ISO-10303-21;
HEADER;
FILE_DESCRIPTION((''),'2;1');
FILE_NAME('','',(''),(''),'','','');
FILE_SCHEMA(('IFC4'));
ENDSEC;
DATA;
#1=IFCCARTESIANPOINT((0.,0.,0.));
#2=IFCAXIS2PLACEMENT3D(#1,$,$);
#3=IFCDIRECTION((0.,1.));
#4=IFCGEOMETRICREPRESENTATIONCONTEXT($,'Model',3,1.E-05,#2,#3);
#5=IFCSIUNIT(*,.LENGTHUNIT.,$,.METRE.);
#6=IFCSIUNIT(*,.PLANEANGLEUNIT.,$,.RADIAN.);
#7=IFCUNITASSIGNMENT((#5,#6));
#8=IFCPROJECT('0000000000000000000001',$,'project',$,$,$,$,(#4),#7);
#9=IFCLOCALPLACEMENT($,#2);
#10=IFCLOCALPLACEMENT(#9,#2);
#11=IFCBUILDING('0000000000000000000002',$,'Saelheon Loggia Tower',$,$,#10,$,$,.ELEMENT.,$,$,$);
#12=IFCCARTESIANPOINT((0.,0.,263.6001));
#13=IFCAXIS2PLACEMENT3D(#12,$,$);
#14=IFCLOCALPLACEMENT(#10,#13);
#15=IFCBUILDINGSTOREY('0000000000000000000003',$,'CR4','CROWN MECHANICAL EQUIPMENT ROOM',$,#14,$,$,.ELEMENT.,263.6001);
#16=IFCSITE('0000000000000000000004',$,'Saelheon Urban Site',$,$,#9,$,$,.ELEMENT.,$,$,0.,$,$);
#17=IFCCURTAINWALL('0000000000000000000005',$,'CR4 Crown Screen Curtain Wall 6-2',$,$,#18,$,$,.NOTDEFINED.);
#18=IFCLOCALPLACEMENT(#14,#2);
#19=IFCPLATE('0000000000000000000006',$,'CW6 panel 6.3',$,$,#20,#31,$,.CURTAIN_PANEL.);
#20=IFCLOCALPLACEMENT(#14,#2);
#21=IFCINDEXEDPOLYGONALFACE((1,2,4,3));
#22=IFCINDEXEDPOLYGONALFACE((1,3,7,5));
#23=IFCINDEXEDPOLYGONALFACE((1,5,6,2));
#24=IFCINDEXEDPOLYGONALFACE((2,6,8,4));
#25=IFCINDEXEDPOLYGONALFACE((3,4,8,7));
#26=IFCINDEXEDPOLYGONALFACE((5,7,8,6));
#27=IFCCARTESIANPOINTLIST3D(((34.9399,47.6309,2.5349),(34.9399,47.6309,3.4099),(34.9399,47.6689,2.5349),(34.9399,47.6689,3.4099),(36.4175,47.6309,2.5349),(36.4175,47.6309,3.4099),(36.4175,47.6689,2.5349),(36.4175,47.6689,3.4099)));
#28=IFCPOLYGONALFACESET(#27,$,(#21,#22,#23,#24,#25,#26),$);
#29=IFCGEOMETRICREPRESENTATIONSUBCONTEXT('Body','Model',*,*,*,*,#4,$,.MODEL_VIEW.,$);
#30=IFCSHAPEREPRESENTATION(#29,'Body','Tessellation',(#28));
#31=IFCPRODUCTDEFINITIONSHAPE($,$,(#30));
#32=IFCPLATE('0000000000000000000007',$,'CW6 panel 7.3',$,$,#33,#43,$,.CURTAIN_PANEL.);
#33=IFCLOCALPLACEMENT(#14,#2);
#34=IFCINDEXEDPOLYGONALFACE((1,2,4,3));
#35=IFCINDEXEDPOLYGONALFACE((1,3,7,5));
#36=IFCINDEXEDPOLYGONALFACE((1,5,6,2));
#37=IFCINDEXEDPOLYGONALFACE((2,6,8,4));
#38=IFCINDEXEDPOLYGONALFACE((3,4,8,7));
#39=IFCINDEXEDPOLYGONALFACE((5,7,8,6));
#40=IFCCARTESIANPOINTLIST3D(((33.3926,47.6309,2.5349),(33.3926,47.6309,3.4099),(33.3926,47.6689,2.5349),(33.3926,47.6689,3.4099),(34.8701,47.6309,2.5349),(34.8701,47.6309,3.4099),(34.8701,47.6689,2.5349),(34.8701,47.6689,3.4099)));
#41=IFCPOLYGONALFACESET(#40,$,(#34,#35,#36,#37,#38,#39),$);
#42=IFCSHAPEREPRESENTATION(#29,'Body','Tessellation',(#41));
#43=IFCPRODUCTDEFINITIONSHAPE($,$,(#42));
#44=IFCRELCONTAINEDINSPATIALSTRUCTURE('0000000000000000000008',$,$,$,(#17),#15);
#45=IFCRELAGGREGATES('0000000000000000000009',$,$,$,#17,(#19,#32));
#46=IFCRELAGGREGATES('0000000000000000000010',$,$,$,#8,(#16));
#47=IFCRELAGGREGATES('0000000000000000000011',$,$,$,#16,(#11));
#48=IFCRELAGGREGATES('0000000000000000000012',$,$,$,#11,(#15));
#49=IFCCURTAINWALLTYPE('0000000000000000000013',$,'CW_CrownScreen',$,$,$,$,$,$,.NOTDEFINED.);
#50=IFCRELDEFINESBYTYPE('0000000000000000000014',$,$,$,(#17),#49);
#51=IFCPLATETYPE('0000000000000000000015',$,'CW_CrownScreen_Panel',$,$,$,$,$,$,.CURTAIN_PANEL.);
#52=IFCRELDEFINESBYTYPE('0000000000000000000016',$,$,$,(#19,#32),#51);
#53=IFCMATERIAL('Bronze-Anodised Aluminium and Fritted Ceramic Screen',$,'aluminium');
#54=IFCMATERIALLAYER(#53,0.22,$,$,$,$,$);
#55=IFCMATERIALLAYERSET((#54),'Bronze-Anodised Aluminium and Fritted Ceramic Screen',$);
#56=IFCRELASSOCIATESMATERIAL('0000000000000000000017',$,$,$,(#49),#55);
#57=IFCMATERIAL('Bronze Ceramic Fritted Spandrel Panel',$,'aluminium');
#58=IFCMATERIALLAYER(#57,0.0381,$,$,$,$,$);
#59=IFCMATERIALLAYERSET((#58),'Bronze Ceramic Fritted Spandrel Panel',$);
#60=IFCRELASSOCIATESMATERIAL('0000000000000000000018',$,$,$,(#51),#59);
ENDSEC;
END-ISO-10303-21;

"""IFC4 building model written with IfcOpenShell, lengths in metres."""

from ifc_helpers import new_model, si_unit, direction, frame, origin, origin_2d, place, context, subcontext, project, spatial, rectangle, extrude, source, transform, mapped, material, layer, layer_set, type_object, element, aggregate, save


model = new_model("IFC4")

# Units and contexts
model_context = context("Model", 3, precision=1e-05, world=origin(), true_north=direction((0.0, 1.0)))
body_context = subcontext(model_context, "Body", "Model", "MODEL_VIEW")
ifc_project = project(units=[si_unit("LENGTHUNIT", "METRE"), si_unit("PLANEANGLEUNIT", "RADIAN")], contexts=[model_context])

# Site, building, storey
site_placement = place(None, origin())
site = spatial("IfcSite", under=ifc_project, at=site_placement, Name="Saelheon Urban Site", CompositionType="ELEMENT", RefElevation=0.0)
building_placement = place(site_placement, origin())
building = spatial("IfcBuilding", under=site, at=building_placement, Name="Saelheon Loggia Tower", CompositionType="ELEMENT")
storey_placement = place(building_placement, frame((0.0, 0.0, 263.6001)))
storey = spatial("IfcBuildingStorey", under=building, at=storey_placement, Name="CR4", Description="CROWN MECHANICAL EQUIPMENT ROOM", CompositionType="ELEMENT", Elevation=263.6001)

# Curtain wall, plates
ifc_material_1 = material(Name="Bronze-Anodised Aluminium and Fritted Ceramic Screen", Category="aluminium")
ifc_layer_1 = layer(ifc_material_1, 0.22)
ifc_layer_set_1 = layer_set([ifc_layer_1], Name="Bronze-Anodised Aluminium and Fritted Ceramic Screen")
curtain_wall_type = type_object("IfcCurtainWallType", Name="CW_CrownScreen", PredefinedType="NOTDEFINED", material=ifc_layer_set_1)
curtain_wall_placement = place(storey_placement, origin())
curtain_wall = element("IfcCurtainWall", 1, at=curtain_wall_placement, inside=storey, type_object=curtain_wall_type, Name="CR4 Crown Screen Curtain Wall 6-2", PredefinedType="NOTDEFINED")
ifc_material_2 = material(Name="Bronze Ceramic Fritted Spandrel Panel", Category="aluminium")
ifc_layer_2 = layer(ifc_material_2, 0.0381)
ifc_layer_set_2 = layer_set([ifc_layer_2], Name="Bronze Ceramic Fritted Spandrel Panel")
plate_type = type_object("IfcPlateType", Name="CW_CrownScreen_Panel", PredefinedType="CURTAIN_PANEL", material=ifc_layer_set_2)
shared_shape_1 = source(origin(), body_context, "Body", "SweptSolid", [
    extrude(rectangle(XDim=1.4775, YDim=0.0381, at=origin_2d()), origin(), (0.0, 0.0, 1.0), 0.875),
])
plate_1_placement = place(storey_placement, frame((35.6787, 47.6499, 2.5349), z_axis=(0.0, 0.0, 1.0), x_axis=(-1.0, 0.0, 0.0)))
plate_1 = element("IfcPlate", 2, at=plate_1_placement, type_object=plate_type, Name="CW6 panel 6.3", PredefinedType="CURTAIN_PANEL", context=body_context, shape_type="MappedRepresentation", body=[
    mapped(shared_shape_1, transform((0.0, 0.0, 0.0), scale=1.0)),
])
plate_2_placement = place(storey_placement, frame((34.1313, 47.6499, 2.5349), z_axis=(0.0, 0.0, 1.0), x_axis=(-1.0, 0.0, 0.0)))
plate_2 = element("IfcPlate", 3, at=plate_2_placement, type_object=plate_type, Name="CW6 panel 7.3", PredefinedType="CURTAIN_PANEL", context=body_context, shape_type="MappedRepresentation", body=[
    mapped(shared_shape_1, transform((0.0, 0.0, 0.0), scale=1.0)),
])
aggregate(curtain_wall, [plate_1, plate_2])

save(model, "model.ifc")
